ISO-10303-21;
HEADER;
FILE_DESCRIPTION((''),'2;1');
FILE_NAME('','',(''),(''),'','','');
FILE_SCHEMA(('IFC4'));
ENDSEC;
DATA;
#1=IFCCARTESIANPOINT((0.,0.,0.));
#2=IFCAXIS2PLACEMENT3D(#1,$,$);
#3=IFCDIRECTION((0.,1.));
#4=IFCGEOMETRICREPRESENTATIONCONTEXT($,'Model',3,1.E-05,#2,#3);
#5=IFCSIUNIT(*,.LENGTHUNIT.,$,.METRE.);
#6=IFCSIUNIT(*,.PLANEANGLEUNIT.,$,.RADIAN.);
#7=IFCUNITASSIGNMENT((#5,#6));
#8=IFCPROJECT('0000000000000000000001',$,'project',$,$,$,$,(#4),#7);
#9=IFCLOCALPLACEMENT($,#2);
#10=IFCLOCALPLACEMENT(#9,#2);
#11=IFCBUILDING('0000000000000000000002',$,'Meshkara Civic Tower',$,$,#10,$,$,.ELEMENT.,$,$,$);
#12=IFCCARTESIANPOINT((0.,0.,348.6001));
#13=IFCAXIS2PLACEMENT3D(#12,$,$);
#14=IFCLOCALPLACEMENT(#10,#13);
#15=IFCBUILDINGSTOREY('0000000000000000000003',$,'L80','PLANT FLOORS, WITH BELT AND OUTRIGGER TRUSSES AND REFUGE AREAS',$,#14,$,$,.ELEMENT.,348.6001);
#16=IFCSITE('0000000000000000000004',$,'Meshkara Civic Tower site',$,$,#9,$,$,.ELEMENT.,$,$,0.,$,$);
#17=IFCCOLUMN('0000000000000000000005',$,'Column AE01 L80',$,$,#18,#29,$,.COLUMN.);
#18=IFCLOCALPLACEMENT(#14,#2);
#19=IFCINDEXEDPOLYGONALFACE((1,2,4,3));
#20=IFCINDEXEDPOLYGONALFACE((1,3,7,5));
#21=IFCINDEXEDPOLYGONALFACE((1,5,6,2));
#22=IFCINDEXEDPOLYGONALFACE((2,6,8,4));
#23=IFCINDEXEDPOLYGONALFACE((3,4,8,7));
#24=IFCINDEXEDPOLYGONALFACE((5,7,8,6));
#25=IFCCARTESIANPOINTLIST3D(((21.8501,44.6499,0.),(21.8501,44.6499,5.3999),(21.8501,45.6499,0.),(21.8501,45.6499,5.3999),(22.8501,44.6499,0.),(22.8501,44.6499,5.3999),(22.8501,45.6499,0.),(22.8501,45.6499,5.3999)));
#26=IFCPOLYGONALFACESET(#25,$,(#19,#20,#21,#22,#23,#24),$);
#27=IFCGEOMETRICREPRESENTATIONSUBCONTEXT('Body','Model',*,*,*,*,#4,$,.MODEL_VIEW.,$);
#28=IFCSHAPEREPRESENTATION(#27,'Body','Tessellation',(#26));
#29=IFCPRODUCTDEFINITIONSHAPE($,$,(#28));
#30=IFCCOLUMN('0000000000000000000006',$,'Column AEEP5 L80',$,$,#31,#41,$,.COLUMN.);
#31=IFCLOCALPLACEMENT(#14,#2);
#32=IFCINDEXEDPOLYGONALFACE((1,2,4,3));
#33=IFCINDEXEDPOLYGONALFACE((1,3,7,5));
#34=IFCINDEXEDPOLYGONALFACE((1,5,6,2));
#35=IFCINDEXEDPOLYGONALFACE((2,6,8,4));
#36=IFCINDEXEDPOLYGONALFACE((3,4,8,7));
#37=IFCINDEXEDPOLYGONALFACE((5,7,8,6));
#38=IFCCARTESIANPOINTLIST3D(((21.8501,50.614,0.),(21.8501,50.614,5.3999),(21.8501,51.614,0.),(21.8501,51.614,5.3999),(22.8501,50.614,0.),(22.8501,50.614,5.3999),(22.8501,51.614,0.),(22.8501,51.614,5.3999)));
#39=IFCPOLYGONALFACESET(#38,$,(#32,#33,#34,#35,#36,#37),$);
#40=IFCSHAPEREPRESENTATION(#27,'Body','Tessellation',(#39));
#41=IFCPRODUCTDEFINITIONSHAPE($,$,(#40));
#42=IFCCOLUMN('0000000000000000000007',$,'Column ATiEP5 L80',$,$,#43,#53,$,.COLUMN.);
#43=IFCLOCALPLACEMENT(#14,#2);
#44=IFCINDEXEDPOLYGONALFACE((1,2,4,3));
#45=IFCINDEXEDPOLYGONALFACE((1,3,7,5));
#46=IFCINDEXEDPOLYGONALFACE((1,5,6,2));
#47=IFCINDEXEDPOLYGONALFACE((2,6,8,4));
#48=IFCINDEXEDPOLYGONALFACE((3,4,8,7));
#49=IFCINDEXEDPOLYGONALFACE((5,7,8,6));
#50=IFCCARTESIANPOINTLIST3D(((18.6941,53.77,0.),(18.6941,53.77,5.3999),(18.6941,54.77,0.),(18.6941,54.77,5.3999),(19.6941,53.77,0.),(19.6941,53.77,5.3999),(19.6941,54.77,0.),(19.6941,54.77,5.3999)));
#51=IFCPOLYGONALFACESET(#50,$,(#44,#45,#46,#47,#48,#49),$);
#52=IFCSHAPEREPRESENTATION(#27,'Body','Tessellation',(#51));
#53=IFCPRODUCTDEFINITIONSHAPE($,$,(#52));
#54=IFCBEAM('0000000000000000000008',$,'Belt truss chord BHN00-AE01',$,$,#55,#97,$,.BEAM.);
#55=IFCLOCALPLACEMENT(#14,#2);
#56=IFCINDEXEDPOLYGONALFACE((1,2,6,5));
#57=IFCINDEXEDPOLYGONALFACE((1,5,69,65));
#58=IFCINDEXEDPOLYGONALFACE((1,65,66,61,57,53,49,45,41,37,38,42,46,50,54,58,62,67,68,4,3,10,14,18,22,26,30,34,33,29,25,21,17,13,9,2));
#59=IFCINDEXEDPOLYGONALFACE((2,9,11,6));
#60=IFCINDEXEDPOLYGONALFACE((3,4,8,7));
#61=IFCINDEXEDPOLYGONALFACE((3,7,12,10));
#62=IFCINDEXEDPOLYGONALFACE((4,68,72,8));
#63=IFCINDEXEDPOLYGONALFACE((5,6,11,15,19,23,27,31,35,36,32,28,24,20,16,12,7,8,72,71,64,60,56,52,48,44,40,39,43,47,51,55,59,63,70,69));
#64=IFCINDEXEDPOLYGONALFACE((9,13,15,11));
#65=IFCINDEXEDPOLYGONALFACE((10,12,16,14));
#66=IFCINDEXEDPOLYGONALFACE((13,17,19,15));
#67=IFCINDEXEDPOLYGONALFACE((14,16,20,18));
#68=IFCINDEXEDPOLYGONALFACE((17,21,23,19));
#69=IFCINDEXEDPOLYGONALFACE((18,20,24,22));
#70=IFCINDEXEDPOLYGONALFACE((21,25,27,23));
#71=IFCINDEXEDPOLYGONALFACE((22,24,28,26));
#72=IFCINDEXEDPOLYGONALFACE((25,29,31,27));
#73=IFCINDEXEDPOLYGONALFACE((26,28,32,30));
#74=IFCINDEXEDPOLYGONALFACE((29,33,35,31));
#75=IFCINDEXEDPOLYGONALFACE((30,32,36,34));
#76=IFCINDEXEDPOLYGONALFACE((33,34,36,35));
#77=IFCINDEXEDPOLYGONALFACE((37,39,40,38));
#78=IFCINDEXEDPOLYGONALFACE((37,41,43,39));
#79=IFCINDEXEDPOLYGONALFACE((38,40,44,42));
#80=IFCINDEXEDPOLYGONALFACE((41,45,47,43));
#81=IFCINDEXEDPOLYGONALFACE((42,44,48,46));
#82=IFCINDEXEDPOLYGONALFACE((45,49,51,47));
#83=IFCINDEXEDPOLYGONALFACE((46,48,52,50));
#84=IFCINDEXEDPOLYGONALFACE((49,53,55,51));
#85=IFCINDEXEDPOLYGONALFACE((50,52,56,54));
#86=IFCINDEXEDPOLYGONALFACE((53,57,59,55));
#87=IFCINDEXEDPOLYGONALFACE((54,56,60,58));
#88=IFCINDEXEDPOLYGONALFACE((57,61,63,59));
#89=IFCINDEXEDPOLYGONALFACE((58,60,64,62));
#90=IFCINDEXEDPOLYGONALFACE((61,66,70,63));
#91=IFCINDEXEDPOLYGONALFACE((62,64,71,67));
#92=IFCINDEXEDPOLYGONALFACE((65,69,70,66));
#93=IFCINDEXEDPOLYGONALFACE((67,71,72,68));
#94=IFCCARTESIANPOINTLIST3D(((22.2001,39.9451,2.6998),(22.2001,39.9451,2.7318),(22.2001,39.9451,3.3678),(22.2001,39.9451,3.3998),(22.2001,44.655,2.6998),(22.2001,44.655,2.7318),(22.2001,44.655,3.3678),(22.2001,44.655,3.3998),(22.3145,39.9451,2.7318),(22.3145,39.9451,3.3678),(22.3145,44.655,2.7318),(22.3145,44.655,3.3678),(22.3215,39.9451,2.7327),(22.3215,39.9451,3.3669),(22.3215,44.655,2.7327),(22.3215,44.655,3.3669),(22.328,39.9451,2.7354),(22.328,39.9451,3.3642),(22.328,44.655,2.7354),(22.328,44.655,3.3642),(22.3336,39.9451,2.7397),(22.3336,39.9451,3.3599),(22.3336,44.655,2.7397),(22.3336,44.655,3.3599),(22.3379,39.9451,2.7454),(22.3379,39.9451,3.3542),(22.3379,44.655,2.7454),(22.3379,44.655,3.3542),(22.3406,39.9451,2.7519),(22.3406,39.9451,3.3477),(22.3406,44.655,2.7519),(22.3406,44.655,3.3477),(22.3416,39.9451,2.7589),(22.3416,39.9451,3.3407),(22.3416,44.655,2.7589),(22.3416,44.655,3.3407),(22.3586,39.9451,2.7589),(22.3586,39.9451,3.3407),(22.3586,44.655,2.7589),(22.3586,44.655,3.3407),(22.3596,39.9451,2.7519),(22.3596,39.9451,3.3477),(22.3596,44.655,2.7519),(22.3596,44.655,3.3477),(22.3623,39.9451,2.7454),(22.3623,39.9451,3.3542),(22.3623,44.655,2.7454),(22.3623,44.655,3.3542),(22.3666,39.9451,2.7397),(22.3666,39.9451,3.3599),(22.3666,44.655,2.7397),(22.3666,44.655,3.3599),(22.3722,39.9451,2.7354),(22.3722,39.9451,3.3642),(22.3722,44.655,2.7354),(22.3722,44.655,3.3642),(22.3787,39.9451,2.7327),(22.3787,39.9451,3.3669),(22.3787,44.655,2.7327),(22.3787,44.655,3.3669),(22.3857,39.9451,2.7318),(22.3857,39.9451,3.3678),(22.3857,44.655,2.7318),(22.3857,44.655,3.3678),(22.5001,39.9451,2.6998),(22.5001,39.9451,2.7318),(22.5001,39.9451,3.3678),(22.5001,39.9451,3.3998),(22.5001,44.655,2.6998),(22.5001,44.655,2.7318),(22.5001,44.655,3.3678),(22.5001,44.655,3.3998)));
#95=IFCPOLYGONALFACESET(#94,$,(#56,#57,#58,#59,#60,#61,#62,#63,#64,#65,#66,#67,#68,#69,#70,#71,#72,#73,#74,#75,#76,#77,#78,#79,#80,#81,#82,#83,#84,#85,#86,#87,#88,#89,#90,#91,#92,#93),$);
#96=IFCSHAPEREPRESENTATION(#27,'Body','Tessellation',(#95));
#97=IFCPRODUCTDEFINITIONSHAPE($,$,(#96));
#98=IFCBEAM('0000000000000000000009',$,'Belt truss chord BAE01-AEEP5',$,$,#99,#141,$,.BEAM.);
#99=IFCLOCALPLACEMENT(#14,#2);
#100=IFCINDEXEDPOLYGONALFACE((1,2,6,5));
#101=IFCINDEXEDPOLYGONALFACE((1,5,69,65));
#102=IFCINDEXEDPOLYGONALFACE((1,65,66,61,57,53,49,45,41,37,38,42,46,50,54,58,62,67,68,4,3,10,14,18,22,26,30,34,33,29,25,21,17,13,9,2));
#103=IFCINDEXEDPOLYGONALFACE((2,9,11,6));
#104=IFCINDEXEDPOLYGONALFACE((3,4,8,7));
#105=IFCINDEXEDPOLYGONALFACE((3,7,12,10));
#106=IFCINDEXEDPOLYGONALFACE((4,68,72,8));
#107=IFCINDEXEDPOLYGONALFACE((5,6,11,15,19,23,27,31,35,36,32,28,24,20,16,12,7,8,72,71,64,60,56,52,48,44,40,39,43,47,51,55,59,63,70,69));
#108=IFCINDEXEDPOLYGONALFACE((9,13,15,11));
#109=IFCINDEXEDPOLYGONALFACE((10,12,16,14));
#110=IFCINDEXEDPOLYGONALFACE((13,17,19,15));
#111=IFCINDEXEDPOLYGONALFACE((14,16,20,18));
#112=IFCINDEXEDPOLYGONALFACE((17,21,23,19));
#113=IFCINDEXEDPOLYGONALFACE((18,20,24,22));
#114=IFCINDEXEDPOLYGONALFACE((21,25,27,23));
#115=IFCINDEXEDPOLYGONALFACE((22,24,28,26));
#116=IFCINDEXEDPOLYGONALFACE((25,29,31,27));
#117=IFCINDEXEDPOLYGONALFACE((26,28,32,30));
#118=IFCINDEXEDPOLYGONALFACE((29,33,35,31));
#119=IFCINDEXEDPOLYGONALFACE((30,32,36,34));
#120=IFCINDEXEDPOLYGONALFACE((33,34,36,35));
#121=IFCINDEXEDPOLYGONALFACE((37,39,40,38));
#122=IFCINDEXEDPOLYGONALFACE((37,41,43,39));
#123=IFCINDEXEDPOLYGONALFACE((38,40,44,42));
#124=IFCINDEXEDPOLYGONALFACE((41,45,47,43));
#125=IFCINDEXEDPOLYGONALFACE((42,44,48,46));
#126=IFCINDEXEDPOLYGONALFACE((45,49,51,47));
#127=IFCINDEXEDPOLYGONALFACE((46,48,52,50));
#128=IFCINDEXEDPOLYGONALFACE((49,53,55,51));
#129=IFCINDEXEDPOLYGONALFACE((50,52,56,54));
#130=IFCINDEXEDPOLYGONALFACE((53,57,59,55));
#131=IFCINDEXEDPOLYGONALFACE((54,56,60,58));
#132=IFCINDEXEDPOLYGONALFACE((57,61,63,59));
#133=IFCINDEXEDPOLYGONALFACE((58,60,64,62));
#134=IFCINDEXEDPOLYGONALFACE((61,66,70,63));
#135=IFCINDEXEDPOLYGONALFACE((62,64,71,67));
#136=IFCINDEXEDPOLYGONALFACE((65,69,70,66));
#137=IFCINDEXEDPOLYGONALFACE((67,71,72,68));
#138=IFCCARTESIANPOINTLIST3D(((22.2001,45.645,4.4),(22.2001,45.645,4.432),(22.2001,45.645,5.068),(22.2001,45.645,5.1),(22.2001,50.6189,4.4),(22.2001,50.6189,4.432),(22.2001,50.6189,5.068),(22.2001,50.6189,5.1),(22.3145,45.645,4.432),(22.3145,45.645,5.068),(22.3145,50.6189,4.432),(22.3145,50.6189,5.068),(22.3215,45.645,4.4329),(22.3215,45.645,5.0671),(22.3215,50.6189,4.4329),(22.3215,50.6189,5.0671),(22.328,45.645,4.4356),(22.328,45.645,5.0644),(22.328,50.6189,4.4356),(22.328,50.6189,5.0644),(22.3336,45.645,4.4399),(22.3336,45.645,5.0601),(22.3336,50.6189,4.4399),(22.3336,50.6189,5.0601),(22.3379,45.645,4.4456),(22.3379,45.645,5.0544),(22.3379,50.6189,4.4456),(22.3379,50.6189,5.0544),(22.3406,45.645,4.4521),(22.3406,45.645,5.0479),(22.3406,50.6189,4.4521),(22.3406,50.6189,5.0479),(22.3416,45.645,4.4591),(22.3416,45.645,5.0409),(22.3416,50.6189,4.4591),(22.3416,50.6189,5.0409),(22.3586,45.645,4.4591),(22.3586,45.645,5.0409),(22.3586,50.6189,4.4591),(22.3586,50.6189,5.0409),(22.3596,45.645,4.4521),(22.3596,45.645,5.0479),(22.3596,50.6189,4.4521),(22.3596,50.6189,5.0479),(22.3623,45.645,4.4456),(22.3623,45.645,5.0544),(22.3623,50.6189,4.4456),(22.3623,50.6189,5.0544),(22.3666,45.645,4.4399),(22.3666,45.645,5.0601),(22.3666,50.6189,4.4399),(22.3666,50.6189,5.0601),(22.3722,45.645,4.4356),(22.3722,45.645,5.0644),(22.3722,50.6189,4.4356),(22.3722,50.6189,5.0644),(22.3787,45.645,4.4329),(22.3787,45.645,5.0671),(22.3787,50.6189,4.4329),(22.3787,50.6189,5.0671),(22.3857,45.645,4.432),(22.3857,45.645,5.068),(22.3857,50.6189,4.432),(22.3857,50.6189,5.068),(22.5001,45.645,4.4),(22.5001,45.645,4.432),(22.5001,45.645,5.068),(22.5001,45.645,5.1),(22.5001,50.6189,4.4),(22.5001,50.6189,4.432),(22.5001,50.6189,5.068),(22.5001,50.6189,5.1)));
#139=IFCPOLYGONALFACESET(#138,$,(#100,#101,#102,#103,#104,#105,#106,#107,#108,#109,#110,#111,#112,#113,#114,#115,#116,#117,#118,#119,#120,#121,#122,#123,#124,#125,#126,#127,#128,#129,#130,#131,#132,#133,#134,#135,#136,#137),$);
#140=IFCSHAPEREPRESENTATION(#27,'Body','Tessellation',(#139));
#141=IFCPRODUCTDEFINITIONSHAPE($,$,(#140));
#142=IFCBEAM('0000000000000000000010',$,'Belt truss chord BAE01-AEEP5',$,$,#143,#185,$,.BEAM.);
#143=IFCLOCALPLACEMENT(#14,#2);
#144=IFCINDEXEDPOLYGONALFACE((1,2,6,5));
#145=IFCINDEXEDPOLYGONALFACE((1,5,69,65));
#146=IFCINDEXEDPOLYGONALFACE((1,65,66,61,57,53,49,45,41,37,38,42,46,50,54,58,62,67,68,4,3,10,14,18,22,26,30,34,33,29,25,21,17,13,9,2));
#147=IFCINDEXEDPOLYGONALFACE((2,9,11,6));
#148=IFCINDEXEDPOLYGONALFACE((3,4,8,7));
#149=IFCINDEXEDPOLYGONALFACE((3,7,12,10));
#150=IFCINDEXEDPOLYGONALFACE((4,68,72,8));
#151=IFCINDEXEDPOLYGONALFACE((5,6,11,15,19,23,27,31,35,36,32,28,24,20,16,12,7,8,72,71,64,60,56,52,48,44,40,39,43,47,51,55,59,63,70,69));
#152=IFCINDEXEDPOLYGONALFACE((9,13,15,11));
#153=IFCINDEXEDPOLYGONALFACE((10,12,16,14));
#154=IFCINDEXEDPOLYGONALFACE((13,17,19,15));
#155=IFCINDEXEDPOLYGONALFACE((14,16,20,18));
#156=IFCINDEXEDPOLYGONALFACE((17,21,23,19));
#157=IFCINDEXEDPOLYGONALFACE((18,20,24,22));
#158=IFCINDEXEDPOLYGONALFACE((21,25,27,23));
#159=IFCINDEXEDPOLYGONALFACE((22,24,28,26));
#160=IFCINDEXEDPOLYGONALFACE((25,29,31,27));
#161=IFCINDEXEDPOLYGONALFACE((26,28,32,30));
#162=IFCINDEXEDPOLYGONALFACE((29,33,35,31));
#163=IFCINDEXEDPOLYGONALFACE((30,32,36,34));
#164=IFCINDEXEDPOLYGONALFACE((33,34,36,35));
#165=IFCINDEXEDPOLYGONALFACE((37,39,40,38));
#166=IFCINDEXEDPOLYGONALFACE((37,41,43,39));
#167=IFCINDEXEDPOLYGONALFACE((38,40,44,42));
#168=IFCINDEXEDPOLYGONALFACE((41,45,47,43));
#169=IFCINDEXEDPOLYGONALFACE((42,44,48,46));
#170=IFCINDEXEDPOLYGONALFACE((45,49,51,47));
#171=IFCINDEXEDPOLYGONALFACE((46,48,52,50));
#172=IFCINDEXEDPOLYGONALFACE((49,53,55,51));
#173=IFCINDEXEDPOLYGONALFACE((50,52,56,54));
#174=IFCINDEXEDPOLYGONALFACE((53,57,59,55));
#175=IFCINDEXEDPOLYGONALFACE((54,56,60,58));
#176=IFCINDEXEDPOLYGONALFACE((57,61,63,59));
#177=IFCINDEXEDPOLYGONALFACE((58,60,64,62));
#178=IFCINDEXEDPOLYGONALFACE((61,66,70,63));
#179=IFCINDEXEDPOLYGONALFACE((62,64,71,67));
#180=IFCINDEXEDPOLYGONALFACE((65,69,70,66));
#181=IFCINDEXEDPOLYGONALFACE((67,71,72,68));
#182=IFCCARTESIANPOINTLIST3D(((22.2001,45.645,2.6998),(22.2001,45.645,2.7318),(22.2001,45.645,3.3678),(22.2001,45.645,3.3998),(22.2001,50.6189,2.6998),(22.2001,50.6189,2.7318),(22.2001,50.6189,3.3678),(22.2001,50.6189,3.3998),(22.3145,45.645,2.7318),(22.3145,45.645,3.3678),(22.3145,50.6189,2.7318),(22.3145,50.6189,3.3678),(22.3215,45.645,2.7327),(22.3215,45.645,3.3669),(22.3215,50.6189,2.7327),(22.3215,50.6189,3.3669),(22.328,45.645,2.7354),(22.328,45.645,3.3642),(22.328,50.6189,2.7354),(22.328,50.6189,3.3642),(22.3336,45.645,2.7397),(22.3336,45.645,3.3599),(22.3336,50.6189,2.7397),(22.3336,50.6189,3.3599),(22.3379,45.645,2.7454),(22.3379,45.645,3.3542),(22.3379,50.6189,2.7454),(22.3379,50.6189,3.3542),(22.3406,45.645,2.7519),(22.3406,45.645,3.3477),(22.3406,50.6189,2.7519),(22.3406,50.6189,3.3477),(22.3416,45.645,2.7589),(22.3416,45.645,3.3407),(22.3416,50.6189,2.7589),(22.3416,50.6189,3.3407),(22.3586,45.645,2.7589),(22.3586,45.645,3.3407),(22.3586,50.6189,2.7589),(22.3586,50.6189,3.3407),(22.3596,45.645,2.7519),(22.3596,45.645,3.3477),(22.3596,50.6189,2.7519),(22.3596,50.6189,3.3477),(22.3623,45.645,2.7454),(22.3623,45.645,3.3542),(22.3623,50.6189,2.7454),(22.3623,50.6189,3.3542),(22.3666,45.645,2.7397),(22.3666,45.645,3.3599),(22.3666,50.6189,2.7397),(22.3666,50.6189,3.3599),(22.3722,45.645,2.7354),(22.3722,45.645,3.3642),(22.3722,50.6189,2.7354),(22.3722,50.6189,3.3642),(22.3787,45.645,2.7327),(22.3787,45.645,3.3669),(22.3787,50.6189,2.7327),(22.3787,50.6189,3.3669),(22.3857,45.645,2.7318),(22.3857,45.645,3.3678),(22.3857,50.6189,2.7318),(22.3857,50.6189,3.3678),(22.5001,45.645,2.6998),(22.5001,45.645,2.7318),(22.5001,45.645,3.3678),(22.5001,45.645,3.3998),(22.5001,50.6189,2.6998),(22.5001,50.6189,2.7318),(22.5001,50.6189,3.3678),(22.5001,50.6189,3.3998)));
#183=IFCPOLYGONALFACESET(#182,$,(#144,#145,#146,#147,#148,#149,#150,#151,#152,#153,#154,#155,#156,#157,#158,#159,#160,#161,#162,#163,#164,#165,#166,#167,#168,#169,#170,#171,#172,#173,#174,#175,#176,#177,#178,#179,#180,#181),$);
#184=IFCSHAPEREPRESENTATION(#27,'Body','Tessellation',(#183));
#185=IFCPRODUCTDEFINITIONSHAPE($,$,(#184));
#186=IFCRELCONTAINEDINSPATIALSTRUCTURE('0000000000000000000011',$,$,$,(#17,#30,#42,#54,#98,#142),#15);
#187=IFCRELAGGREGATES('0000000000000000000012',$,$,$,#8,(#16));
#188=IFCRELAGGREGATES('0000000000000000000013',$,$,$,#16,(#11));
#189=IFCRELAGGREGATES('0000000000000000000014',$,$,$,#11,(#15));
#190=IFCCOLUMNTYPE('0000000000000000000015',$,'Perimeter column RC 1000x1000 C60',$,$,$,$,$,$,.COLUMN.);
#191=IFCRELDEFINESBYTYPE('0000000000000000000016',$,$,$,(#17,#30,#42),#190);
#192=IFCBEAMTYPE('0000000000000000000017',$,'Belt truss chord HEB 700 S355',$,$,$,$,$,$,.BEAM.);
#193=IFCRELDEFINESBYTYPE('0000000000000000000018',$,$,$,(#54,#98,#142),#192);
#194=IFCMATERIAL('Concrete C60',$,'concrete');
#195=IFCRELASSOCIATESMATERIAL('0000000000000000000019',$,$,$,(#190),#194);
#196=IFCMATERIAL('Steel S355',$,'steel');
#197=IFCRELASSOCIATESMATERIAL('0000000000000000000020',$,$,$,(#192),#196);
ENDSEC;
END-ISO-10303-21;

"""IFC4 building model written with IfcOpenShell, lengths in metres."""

from ifc_helpers import new_model, si_unit, direction, frame, origin, origin_2d, place, context, subcontext, project, spatial, rectangle, i_section, extrude, material, material_profile, profile_set, type_object, element, save


model = new_model("IFC4")

# Units and contexts
model_context = context("Model", 3, precision=1e-05, world=origin(), true_north=direction((0.0, 1.0)))
body_context = subcontext(model_context, "Body", "Model", "MODEL_VIEW")
ifc_project = project(units=[si_unit("LENGTHUNIT", "METRE"), si_unit("PLANEANGLEUNIT", "RADIAN")], contexts=[model_context])

# Site, building, storey
site_placement = place(None, origin())
site = spatial("IfcSite", under=ifc_project, at=site_placement, Name="Meshkara Civic Tower site", CompositionType="ELEMENT", RefElevation=0.0)
building_placement = place(site_placement, origin())
building = spatial("IfcBuilding", under=site, at=building_placement, Name="Meshkara Civic Tower", CompositionType="ELEMENT")
storey_placement = place(building_placement, frame((0.0, 0.0, 348.6001)))
storey = spatial("IfcBuildingStorey", under=building, at=storey_placement, Name="L80", Description="PLANT FLOORS, WITH BELT AND OUTRIGGER TRUSSES AND REFUGE AREAS", CompositionType="ELEMENT", Elevation=348.6001)

# Columns
ifc_material_1 = material(Name="Concrete C60", Category="concrete")
ifc_material_profile_1 = material_profile(ifc_material_1, rectangle(XDim=1.0, YDim=1.0, at=origin_2d()))
ifc_profile_set_1 = profile_set([ifc_material_profile_1], Name="Concrete C60")
column_type = type_object("IfcColumnType", Name="Perimeter column RC 1000x1000 C60", PredefinedType="COLUMN", material=ifc_profile_set_1)
for number, where, z_axis, x_axis, name in (
    (1, (22.3501, 45.1499, 0.0), (0.0, 0.0, 1.0), (1.0, 0.0, 0.0), "Column AE01 L80"),
    (2, (22.3501, 51.114, 0.0), (0.0, 0.0, 1.0), (1.0, 0.0, 0.0), "Column AEEP5 L80"),
    (3, (19.1941, 54.27, 0.0), (0.0, 0.0, 1.0), (1.0, 0.0, 0.0), "Column ATiEP5 L80"),
):
    element("IfcColumn", number, at=place(storey_placement, frame(where, z_axis=z_axis, x_axis=x_axis)), inside=storey, type_object=column_type, Name=name, PredefinedType="COLUMN", context=body_context, shape_type="SweptSolid", body=[
        extrude(rectangle(XDim=1.0, YDim=1.0, at=origin_2d()), origin(), (0.0, 0.0, 1.0), 5.3999),
    ])

# Beams
ifc_material_2 = material(Name="Steel S355", Category="steel")
ifc_material_profile_2 = material_profile(ifc_material_2, i_section(OverallWidth=0.3, OverallDepth=0.7, WebThickness=0.0171, FlangeThickness=0.032, FilletRadius=0.0271, at=origin_2d()))
ifc_profile_set_2 = profile_set([ifc_material_profile_2], Name="Steel S355")
beam_type = type_object("IfcBeamType", Name="Belt truss chord HEB 700 S355", PredefinedType="BEAM", material=ifc_profile_set_2)
beam_placement = place(storey_placement, frame((22.3501, 39.9451, 3.0498), z_axis=(0.0, 1.0, 0.0), x_axis=(-1.0, 0.0, 0.0)))
element("IfcBeam", 4, at=beam_placement, inside=storey, type_object=beam_type, Name="Belt truss chord BHN00-AE01", PredefinedType="BEAM", context=body_context, shape_type="SweptSolid", body=[
    extrude(i_section(OverallWidth=0.3, OverallDepth=0.7, WebThickness=0.0171, FlangeThickness=0.032, FilletRadius=0.0271, at=origin_2d()), origin(), (0.0, 0.0, 1.0), 4.71),
])
for number, where, z_axis, x_axis, name in (
    (5, (22.3501, 45.645, 4.75), (0.0, 1.0, 0.0), (-1.0, 0.0, 0.0), "Belt truss chord BAE01-AEEP5"),
    (6, (22.3501, 45.645, 3.0498), (0.0, 1.0, 0.0), (-1.0, 0.0, 0.0), "Belt truss chord BAE01-AEEP5"),
):
    element("IfcBeam", number, at=place(storey_placement, frame(where, z_axis=z_axis, x_axis=x_axis)), inside=storey, type_object=beam_type, Name=name, PredefinedType="BEAM", context=body_context, shape_type="SweptSolid", body=[
        extrude(i_section(OverallWidth=0.3, OverallDepth=0.7, WebThickness=0.0171, FlangeThickness=0.032, FilletRadius=0.0271, at=origin_2d()), origin(), (0.0, 0.0, 1.0), 4.9739),
    ])

save(model, "model.ifc")
